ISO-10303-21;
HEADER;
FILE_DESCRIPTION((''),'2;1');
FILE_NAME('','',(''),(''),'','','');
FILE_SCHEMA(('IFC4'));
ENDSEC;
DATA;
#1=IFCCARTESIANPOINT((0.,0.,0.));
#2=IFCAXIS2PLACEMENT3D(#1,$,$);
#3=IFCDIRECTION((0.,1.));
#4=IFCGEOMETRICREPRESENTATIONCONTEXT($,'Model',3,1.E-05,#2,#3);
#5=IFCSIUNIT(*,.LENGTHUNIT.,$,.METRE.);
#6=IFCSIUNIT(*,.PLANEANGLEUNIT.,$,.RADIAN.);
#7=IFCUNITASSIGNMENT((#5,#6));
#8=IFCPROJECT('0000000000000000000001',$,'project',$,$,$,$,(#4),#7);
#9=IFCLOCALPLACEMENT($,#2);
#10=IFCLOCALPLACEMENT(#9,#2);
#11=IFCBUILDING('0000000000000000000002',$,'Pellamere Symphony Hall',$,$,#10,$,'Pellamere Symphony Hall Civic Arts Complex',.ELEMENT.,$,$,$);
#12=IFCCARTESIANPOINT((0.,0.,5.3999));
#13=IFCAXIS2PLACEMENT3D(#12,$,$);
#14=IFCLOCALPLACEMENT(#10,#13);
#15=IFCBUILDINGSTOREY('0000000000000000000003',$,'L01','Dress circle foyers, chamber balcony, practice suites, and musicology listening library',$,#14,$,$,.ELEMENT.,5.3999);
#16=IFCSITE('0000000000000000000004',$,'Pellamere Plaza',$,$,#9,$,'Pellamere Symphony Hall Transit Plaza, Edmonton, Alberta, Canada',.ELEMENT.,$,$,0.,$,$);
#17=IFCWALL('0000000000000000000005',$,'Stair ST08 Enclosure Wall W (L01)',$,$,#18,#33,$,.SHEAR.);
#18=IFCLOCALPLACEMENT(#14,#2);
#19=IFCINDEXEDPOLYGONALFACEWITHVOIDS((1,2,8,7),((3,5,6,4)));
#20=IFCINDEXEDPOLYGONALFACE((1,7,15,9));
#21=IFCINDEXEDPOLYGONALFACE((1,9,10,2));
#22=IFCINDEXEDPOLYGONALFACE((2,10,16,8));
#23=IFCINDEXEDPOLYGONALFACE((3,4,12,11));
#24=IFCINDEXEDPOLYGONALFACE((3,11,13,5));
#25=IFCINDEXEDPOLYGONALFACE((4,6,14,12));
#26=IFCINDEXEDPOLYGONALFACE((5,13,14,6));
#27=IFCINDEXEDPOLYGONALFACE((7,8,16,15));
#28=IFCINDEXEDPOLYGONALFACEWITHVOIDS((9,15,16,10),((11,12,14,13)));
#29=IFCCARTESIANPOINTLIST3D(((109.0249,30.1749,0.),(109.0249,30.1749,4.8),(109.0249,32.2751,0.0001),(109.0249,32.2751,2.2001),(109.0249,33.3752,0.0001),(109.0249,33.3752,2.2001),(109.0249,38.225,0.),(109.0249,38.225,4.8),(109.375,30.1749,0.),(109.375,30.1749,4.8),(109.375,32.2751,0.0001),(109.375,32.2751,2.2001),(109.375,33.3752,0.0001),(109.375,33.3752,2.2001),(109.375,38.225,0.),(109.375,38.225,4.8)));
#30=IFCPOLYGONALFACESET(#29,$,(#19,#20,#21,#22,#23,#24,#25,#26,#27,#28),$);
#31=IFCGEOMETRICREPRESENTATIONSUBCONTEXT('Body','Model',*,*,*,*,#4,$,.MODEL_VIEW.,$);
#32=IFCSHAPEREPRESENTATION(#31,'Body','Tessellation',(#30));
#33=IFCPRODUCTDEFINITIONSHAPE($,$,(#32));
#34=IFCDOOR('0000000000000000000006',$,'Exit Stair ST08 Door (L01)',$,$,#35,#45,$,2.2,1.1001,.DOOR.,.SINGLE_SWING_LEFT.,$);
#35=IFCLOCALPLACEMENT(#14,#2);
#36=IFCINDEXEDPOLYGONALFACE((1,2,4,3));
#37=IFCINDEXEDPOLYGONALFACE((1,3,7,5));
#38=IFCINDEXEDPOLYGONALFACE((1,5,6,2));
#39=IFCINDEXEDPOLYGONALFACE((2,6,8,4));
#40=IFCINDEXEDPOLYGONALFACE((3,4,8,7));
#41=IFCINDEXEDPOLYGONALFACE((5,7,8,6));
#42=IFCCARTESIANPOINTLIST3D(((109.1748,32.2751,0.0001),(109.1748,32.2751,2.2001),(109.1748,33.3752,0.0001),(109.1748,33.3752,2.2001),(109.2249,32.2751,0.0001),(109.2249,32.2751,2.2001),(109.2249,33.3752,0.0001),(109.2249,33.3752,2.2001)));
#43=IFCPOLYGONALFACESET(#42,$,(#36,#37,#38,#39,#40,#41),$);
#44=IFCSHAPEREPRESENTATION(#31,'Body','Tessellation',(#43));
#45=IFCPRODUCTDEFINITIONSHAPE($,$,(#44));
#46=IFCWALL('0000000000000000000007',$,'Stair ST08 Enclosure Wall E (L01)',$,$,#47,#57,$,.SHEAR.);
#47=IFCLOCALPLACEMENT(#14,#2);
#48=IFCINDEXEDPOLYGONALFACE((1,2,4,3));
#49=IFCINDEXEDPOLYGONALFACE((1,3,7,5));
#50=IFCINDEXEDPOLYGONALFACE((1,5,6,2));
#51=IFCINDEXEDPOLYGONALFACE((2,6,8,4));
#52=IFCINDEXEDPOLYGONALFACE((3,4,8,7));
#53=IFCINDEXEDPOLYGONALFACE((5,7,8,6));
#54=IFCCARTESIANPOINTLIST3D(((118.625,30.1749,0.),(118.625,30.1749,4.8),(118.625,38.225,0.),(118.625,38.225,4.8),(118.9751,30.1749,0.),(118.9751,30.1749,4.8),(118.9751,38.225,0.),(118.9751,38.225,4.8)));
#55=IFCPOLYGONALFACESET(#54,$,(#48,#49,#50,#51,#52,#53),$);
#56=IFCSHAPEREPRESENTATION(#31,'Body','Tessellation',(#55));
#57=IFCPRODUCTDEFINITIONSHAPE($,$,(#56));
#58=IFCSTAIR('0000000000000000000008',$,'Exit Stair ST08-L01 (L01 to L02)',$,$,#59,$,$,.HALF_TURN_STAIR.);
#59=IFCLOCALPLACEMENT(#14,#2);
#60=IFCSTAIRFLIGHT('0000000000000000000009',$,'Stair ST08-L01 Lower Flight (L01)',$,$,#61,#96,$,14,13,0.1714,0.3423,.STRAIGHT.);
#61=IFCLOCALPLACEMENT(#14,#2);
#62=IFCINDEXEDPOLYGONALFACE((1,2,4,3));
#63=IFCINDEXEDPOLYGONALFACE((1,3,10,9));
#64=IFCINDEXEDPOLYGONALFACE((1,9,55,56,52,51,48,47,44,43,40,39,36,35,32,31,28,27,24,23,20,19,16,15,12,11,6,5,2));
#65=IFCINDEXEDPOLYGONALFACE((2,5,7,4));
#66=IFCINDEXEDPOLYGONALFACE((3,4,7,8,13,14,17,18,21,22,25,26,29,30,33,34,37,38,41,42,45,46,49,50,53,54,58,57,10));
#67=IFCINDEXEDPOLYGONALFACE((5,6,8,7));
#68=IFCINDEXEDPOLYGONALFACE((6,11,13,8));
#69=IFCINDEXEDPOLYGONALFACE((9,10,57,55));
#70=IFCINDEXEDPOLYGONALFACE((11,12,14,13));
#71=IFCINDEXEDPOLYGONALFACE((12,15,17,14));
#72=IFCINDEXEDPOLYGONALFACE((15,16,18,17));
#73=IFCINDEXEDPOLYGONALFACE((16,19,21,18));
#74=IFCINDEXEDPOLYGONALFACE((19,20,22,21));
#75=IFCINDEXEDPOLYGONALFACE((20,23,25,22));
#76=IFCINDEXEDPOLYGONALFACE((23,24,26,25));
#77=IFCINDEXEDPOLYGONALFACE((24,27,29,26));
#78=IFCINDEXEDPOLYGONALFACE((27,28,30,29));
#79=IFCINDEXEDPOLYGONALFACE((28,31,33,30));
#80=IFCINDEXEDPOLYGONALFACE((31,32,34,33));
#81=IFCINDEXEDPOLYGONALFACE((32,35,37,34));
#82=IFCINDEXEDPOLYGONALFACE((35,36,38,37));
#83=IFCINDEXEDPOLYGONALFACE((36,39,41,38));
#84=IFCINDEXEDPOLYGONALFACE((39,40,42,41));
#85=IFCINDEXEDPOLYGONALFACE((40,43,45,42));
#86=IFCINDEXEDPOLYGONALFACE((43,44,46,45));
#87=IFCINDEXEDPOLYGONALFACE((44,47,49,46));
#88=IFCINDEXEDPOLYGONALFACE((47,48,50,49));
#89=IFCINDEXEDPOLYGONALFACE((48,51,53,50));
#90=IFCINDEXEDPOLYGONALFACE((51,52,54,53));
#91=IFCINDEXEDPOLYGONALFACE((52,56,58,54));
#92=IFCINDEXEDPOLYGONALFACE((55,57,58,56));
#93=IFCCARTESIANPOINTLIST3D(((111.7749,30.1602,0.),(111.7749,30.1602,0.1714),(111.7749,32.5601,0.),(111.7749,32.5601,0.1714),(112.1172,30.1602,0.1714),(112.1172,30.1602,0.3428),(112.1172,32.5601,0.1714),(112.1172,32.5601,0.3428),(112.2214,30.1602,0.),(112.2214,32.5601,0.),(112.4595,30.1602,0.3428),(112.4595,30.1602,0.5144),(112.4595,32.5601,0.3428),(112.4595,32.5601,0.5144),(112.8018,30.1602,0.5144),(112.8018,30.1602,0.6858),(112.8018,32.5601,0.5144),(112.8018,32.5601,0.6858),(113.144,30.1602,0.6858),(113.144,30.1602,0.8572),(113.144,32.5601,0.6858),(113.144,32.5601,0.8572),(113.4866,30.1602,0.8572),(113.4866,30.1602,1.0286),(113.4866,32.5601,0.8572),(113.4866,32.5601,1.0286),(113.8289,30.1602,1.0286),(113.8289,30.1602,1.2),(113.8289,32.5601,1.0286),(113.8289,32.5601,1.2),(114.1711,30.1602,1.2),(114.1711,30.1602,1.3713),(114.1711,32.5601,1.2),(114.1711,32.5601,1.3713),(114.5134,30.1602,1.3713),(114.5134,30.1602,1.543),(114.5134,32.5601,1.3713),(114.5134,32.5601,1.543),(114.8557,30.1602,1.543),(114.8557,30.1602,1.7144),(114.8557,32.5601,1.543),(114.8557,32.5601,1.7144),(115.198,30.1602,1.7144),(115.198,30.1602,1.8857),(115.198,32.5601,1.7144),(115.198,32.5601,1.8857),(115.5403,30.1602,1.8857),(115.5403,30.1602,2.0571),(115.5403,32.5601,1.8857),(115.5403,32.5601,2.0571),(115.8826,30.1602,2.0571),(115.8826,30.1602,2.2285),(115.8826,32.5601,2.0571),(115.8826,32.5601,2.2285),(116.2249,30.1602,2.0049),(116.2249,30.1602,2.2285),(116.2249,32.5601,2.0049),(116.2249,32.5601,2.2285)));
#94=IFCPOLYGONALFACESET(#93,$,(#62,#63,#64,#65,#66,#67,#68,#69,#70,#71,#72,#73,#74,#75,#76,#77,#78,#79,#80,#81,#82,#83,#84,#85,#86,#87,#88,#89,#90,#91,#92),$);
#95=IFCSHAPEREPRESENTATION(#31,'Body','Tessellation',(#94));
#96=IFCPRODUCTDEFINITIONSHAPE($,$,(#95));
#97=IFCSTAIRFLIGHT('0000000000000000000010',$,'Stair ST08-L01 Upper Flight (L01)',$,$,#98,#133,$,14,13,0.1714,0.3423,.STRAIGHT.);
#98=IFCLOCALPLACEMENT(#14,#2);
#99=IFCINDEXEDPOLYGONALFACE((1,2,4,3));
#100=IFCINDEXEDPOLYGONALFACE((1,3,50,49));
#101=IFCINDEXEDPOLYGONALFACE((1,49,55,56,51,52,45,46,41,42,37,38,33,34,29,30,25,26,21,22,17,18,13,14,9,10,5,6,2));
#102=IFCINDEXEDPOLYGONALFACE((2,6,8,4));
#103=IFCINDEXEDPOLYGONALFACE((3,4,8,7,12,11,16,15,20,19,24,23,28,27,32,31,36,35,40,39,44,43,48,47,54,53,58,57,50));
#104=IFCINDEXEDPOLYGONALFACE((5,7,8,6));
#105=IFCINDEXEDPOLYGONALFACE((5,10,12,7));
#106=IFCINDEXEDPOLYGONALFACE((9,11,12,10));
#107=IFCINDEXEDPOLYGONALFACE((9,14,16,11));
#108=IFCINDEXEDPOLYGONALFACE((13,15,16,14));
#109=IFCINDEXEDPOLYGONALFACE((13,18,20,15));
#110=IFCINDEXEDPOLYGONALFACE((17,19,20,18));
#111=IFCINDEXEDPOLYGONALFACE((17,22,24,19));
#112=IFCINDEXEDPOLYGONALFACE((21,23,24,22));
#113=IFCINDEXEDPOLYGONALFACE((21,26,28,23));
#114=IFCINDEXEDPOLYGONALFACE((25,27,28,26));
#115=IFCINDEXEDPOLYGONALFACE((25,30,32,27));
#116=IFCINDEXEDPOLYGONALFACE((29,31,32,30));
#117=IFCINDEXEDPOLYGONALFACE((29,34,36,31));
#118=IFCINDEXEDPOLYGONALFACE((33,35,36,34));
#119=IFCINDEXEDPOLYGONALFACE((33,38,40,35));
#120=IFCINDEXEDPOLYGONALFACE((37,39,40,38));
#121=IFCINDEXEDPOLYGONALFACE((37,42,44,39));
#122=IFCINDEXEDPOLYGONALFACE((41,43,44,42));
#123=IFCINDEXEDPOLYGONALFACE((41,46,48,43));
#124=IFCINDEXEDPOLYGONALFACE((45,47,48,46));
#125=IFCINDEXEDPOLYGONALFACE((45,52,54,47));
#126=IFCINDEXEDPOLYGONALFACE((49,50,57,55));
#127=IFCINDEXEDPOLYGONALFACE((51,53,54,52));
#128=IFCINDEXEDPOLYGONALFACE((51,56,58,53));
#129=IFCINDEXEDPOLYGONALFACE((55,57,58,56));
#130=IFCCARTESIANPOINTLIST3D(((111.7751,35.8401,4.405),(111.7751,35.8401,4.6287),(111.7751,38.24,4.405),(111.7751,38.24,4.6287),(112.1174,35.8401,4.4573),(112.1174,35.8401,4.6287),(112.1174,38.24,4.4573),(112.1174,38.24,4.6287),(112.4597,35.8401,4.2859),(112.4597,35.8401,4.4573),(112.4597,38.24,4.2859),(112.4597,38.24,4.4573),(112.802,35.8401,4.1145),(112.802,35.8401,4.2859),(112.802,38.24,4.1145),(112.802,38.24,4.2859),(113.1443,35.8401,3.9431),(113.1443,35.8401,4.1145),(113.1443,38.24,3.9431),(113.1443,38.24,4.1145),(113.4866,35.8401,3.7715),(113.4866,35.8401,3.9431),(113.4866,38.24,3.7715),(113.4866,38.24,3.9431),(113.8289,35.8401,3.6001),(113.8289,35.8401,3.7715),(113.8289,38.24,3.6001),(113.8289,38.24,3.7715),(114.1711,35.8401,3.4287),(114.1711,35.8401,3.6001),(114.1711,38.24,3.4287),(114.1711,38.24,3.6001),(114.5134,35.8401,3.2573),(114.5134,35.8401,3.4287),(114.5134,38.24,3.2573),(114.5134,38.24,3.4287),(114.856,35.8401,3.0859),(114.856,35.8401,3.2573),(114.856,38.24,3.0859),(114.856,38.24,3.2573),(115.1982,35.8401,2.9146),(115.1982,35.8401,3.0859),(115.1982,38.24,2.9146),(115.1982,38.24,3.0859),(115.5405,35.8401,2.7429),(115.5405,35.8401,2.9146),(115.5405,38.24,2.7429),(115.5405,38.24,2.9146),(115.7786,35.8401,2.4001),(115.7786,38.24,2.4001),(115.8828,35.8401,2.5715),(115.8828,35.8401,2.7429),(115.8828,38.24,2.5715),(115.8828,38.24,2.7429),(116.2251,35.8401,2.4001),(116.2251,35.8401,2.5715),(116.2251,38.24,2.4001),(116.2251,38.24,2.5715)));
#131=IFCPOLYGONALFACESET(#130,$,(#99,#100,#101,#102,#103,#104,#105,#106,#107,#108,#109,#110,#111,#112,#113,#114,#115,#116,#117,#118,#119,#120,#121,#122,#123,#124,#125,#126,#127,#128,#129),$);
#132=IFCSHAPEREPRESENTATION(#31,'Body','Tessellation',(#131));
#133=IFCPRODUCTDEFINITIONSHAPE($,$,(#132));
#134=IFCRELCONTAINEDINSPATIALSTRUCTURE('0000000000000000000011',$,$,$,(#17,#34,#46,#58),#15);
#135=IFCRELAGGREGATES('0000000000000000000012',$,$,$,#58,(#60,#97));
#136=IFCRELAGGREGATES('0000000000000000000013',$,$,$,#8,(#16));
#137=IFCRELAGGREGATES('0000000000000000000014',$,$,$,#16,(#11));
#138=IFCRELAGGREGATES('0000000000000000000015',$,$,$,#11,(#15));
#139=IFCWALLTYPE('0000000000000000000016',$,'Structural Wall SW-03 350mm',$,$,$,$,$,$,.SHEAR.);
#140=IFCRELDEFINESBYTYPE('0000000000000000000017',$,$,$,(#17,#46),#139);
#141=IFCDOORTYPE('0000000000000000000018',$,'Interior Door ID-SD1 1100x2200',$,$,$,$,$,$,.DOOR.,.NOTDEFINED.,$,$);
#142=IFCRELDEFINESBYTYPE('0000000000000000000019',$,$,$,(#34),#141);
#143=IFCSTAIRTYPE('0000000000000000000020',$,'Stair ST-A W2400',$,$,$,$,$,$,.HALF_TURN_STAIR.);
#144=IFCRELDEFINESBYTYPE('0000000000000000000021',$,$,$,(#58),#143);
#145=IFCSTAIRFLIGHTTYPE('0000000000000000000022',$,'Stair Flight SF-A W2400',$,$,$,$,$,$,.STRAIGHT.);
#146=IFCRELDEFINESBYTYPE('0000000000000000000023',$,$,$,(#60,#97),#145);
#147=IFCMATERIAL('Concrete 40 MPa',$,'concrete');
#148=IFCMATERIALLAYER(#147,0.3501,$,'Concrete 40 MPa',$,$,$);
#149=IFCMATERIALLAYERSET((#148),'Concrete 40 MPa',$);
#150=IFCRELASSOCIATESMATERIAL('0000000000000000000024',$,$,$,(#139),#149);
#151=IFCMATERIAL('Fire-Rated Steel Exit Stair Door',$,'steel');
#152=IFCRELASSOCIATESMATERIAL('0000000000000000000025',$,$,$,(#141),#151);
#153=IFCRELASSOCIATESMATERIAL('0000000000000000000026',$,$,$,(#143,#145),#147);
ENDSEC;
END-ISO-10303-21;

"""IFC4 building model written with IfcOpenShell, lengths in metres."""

from ifc_helpers import new_model, si_unit, direction, frame, frame_2d, origin, place, context, subcontext, project, spatial, polyline, rectangle, outline, extrude, material, layer, layer_set, type_object, element, fill, aggregate, save


model = new_model("IFC4")

# Units and contexts
model_context = context("Model", 3, precision=1e-05, world=origin(), true_north=direction((0.0, 1.0)))
body_context = subcontext(model_context, "Body", "Model", "MODEL_VIEW")
ifc_project = project(units=[si_unit("LENGTHUNIT", "METRE"), si_unit("PLANEANGLEUNIT", "RADIAN")], contexts=[model_context])

# Site, building, storey
site_placement = place(None, origin())
site = spatial("IfcSite", under=ifc_project, at=site_placement, Name="Pellamere Plaza", LongName="Pellamere Symphony Hall Transit Plaza, Edmonton, Alberta, Canada", CompositionType="ELEMENT", RefElevation=0.0)
building_placement = place(site_placement, origin())
building = spatial("IfcBuilding", under=site, at=building_placement, Name="Pellamere Symphony Hall", LongName="Pellamere Symphony Hall Civic Arts Complex", CompositionType="ELEMENT")
storey_placement = place(building_placement, frame((0.0, 0.0, 5.3999)))
storey = spatial("IfcBuildingStorey", under=building, at=storey_placement, Name="L01", Description="Dress circle foyers, chamber balcony, practice suites, and musicology listening library", CompositionType="ELEMENT", Elevation=5.3999)

# Shared definitions
ifc_material_1 = material(Name="Concrete 40 MPa", Category="concrete")

# Shared definitions
ifc_layer = layer(ifc_material_1, 0.3501, Name="Concrete 40 MPa")
ifc_layer_set = layer_set([ifc_layer], Name="Concrete 40 MPa")
wall_type = type_object("IfcWallType", Name="Structural Wall SW-03 350mm", PredefinedType="SHEAR", material=ifc_layer_set)

# Wall, opening, door
wall_1_placement = place(storey_placement, frame((109.2, 30.175, 0.0), z_axis=(0.0, 0.0, 1.0), x_axis=(0.0, 1.0, 0.0)))
wall_1 = element("IfcWall", 1, at=wall_1_placement, inside=storey, type_object=wall_type, Name="Stair ST08 Enclosure Wall W (L01)", PredefinedType="SHEAR", context=body_context, shape_type="SweptSolid", body=[
    extrude(rectangle(XDim=8.05, YDim=0.3501, at=frame_2d((4.0249, 0.0))), origin(), (0.0, 0.0, 1.0), 4.8),
])
opening_placement = place(wall_1_placement, frame((2.1001, 0.0, 0.0)))
opening = element("IfcOpeningElement", 2, at=opening_placement, cuts=wall_1, PredefinedType="OPENING", context=body_context, shape_type="SweptSolid", body=[
    extrude(rectangle(XDim=1.1001, YDim=2.2, at=frame_2d((0.55, 1.1001))), frame((0.0, 0.1851, 0.0), z_axis=(0.0, -1.0, 0.0), x_axis=(1.0, 0.0, 0.0)), (0.0, 0.0, 1.0), 0.3701),
])
ifc_material_2 = material(Name="Fire-Rated Steel Exit Stair Door", Category="steel")
door_type = type_object("IfcDoorType", Name="Interior Door ID-SD1 1100x2200", OperationType="NOTDEFINED", PredefinedType="DOOR", material=ifc_material_2)
door_placement = place(opening_placement, frame((1.1001, 0.0, 0.0), z_axis=(0.0, 0.0, 1.0), x_axis=(-1.0, 0.0, 0.0)))
door = element("IfcDoor", 3, at=door_placement, inside=storey, type_object=door_type, Name="Exit Stair ST08 Door (L01)", OperationType="SINGLE_SWING_LEFT", OverallHeight=2.2, OverallWidth=1.1001, PredefinedType="DOOR", context=body_context, shape_type="SweptSolid", body=[
    extrude(rectangle(XDim=1.1001, YDim=2.2, at=frame_2d((0.55, 1.1001))), frame((0.0, 0.0249, 0.0), z_axis=(0.0, -1.0, 0.0), x_axis=(1.0, 0.0, 0.0)), (0.0, 0.0, 1.0), 0.05),
])
fill(opening, door)

# Wall
wall_2_placement = place(storey_placement, frame((118.8, 30.175, 0.0), z_axis=(0.0, 0.0, 1.0), x_axis=(0.0, 1.0, 0.0)))
element("IfcWall", 4, at=wall_2_placement, inside=storey, type_object=wall_type, Name="Stair ST08 Enclosure Wall E (L01)", PredefinedType="SHEAR", context=body_context, shape_type="SweptSolid", body=[
    extrude(rectangle(XDim=8.05, YDim=0.3501, at=frame_2d((4.0249, 0.0))), origin(), (0.0, 0.0, 1.0), 4.8),
])

# Stair, stair flights
stair_type = type_object("IfcStairType", Name="Stair ST-A W2400", PredefinedType="HALF_TURN_STAIR", material=ifc_material_1)
stair_placement = place(storey_placement, origin())
stair = element("IfcStair", 5, at=stair_placement, inside=storey, type_object=stair_type, Name="Exit Stair ST08-L01 (L01 to L02)", PredefinedType="HALF_TURN_STAIR")
stair_flight_type = type_object("IfcStairFlightType", Name="Stair Flight SF-A W2400", PredefinedType="STRAIGHT", material=ifc_material_1)
stair_flight_1_placement = place(storey_placement, frame((111.7749, 31.3601, 0.0), z_axis=(0.0, 0.0, 1.0), x_axis=(1.0, 0.0, 0.0)))
stair_flight_1 = element("IfcStairFlight", 6, at=stair_flight_1_placement, type_object=stair_flight_type, Name="Stair ST08-L01 Lower Flight (L01)", NumberOfRisers=14, NumberOfTreads=13, PredefinedType="STRAIGHT", RiserHeight=0.1714, TreadLength=0.3423, context=body_context, shape_type="SweptSolid", body=[
    extrude(outline(polyline([(0.0, 0.0), (0.0, 0.1714), (0.3423, 0.1714), (0.3423, 0.3428), (0.6846, 0.3428), (0.6846, 0.5144), (1.0269, 0.5144), (1.0269, 0.6858), (1.3691, 0.6858), (1.3691, 0.8572), (1.7117, 0.8572), (1.7117, 1.0286), (2.054, 1.0286), (2.054, 1.2), (2.3962, 1.2), (2.3962, 1.3713), (2.7385, 1.3713), (2.7385, 1.543), (3.0808, 1.543), (3.0808, 1.7144), (3.4231, 1.7144), (3.4231, 1.8857), (3.7654, 1.8857), (3.7654, 2.0571), (4.1077, 2.0571), (4.1077, 2.2285), (4.45, 2.2285), (4.45, 2.3999), (4.45, 2.0049), (0.4465, 0.0), (0.0, 0.0)])), frame((0.0, 1.2, 0.0), z_axis=(0.0, -1.0, 0.0), x_axis=(1.0, 0.0, 0.0)), (0.0, 0.0, 1.0), 2.3999),
])
stair_flight_2_placement = place(storey_placement, frame((116.2251, 37.04, 2.4001), z_axis=(0.0, 0.0, 1.0), x_axis=(-1.0, 0.0, 0.0)))
stair_flight_2 = element("IfcStairFlight", 7, at=stair_flight_2_placement, type_object=stair_flight_type, Name="Stair ST08-L01 Upper Flight (L01)", NumberOfRisers=14, NumberOfTreads=13, PredefinedType="STRAIGHT", RiserHeight=0.1714, TreadLength=0.3423, context=body_context, shape_type="SweptSolid", body=[
    extrude(outline(polyline([(0.0, 0.0), (0.0, 0.1714), (0.3423, 0.1714), (0.3423, 0.3428), (0.6846, 0.3428), (0.6846, 0.5144), (1.0269, 0.5144), (1.0269, 0.6858), (1.3691, 0.6858), (1.3691, 0.8572), (1.7117, 0.8572), (1.7117, 1.0286), (2.054, 1.0286), (2.054, 1.2), (2.3962, 1.2), (2.3962, 1.3713), (2.7385, 1.3713), (2.7385, 1.543), (3.0808, 1.543), (3.0808, 1.7144), (3.4231, 1.7144), (3.4231, 1.8857), (3.7654, 1.8857), (3.7654, 2.0571), (4.1077, 2.0571), (4.1077, 2.2285), (4.45, 2.2285), (4.45, 2.3999), (4.45, 2.0049), (0.4465, 0.0), (0.0, 0.0)])), frame((0.0, 1.2, 0.0), z_axis=(0.0, -1.0, 0.0), x_axis=(1.0, 0.0, 0.0)), (0.0, 0.0, 1.0), 2.3999),
])
aggregate(stair, [stair_flight_1, stair_flight_2])

save(model, "model.ifc")
